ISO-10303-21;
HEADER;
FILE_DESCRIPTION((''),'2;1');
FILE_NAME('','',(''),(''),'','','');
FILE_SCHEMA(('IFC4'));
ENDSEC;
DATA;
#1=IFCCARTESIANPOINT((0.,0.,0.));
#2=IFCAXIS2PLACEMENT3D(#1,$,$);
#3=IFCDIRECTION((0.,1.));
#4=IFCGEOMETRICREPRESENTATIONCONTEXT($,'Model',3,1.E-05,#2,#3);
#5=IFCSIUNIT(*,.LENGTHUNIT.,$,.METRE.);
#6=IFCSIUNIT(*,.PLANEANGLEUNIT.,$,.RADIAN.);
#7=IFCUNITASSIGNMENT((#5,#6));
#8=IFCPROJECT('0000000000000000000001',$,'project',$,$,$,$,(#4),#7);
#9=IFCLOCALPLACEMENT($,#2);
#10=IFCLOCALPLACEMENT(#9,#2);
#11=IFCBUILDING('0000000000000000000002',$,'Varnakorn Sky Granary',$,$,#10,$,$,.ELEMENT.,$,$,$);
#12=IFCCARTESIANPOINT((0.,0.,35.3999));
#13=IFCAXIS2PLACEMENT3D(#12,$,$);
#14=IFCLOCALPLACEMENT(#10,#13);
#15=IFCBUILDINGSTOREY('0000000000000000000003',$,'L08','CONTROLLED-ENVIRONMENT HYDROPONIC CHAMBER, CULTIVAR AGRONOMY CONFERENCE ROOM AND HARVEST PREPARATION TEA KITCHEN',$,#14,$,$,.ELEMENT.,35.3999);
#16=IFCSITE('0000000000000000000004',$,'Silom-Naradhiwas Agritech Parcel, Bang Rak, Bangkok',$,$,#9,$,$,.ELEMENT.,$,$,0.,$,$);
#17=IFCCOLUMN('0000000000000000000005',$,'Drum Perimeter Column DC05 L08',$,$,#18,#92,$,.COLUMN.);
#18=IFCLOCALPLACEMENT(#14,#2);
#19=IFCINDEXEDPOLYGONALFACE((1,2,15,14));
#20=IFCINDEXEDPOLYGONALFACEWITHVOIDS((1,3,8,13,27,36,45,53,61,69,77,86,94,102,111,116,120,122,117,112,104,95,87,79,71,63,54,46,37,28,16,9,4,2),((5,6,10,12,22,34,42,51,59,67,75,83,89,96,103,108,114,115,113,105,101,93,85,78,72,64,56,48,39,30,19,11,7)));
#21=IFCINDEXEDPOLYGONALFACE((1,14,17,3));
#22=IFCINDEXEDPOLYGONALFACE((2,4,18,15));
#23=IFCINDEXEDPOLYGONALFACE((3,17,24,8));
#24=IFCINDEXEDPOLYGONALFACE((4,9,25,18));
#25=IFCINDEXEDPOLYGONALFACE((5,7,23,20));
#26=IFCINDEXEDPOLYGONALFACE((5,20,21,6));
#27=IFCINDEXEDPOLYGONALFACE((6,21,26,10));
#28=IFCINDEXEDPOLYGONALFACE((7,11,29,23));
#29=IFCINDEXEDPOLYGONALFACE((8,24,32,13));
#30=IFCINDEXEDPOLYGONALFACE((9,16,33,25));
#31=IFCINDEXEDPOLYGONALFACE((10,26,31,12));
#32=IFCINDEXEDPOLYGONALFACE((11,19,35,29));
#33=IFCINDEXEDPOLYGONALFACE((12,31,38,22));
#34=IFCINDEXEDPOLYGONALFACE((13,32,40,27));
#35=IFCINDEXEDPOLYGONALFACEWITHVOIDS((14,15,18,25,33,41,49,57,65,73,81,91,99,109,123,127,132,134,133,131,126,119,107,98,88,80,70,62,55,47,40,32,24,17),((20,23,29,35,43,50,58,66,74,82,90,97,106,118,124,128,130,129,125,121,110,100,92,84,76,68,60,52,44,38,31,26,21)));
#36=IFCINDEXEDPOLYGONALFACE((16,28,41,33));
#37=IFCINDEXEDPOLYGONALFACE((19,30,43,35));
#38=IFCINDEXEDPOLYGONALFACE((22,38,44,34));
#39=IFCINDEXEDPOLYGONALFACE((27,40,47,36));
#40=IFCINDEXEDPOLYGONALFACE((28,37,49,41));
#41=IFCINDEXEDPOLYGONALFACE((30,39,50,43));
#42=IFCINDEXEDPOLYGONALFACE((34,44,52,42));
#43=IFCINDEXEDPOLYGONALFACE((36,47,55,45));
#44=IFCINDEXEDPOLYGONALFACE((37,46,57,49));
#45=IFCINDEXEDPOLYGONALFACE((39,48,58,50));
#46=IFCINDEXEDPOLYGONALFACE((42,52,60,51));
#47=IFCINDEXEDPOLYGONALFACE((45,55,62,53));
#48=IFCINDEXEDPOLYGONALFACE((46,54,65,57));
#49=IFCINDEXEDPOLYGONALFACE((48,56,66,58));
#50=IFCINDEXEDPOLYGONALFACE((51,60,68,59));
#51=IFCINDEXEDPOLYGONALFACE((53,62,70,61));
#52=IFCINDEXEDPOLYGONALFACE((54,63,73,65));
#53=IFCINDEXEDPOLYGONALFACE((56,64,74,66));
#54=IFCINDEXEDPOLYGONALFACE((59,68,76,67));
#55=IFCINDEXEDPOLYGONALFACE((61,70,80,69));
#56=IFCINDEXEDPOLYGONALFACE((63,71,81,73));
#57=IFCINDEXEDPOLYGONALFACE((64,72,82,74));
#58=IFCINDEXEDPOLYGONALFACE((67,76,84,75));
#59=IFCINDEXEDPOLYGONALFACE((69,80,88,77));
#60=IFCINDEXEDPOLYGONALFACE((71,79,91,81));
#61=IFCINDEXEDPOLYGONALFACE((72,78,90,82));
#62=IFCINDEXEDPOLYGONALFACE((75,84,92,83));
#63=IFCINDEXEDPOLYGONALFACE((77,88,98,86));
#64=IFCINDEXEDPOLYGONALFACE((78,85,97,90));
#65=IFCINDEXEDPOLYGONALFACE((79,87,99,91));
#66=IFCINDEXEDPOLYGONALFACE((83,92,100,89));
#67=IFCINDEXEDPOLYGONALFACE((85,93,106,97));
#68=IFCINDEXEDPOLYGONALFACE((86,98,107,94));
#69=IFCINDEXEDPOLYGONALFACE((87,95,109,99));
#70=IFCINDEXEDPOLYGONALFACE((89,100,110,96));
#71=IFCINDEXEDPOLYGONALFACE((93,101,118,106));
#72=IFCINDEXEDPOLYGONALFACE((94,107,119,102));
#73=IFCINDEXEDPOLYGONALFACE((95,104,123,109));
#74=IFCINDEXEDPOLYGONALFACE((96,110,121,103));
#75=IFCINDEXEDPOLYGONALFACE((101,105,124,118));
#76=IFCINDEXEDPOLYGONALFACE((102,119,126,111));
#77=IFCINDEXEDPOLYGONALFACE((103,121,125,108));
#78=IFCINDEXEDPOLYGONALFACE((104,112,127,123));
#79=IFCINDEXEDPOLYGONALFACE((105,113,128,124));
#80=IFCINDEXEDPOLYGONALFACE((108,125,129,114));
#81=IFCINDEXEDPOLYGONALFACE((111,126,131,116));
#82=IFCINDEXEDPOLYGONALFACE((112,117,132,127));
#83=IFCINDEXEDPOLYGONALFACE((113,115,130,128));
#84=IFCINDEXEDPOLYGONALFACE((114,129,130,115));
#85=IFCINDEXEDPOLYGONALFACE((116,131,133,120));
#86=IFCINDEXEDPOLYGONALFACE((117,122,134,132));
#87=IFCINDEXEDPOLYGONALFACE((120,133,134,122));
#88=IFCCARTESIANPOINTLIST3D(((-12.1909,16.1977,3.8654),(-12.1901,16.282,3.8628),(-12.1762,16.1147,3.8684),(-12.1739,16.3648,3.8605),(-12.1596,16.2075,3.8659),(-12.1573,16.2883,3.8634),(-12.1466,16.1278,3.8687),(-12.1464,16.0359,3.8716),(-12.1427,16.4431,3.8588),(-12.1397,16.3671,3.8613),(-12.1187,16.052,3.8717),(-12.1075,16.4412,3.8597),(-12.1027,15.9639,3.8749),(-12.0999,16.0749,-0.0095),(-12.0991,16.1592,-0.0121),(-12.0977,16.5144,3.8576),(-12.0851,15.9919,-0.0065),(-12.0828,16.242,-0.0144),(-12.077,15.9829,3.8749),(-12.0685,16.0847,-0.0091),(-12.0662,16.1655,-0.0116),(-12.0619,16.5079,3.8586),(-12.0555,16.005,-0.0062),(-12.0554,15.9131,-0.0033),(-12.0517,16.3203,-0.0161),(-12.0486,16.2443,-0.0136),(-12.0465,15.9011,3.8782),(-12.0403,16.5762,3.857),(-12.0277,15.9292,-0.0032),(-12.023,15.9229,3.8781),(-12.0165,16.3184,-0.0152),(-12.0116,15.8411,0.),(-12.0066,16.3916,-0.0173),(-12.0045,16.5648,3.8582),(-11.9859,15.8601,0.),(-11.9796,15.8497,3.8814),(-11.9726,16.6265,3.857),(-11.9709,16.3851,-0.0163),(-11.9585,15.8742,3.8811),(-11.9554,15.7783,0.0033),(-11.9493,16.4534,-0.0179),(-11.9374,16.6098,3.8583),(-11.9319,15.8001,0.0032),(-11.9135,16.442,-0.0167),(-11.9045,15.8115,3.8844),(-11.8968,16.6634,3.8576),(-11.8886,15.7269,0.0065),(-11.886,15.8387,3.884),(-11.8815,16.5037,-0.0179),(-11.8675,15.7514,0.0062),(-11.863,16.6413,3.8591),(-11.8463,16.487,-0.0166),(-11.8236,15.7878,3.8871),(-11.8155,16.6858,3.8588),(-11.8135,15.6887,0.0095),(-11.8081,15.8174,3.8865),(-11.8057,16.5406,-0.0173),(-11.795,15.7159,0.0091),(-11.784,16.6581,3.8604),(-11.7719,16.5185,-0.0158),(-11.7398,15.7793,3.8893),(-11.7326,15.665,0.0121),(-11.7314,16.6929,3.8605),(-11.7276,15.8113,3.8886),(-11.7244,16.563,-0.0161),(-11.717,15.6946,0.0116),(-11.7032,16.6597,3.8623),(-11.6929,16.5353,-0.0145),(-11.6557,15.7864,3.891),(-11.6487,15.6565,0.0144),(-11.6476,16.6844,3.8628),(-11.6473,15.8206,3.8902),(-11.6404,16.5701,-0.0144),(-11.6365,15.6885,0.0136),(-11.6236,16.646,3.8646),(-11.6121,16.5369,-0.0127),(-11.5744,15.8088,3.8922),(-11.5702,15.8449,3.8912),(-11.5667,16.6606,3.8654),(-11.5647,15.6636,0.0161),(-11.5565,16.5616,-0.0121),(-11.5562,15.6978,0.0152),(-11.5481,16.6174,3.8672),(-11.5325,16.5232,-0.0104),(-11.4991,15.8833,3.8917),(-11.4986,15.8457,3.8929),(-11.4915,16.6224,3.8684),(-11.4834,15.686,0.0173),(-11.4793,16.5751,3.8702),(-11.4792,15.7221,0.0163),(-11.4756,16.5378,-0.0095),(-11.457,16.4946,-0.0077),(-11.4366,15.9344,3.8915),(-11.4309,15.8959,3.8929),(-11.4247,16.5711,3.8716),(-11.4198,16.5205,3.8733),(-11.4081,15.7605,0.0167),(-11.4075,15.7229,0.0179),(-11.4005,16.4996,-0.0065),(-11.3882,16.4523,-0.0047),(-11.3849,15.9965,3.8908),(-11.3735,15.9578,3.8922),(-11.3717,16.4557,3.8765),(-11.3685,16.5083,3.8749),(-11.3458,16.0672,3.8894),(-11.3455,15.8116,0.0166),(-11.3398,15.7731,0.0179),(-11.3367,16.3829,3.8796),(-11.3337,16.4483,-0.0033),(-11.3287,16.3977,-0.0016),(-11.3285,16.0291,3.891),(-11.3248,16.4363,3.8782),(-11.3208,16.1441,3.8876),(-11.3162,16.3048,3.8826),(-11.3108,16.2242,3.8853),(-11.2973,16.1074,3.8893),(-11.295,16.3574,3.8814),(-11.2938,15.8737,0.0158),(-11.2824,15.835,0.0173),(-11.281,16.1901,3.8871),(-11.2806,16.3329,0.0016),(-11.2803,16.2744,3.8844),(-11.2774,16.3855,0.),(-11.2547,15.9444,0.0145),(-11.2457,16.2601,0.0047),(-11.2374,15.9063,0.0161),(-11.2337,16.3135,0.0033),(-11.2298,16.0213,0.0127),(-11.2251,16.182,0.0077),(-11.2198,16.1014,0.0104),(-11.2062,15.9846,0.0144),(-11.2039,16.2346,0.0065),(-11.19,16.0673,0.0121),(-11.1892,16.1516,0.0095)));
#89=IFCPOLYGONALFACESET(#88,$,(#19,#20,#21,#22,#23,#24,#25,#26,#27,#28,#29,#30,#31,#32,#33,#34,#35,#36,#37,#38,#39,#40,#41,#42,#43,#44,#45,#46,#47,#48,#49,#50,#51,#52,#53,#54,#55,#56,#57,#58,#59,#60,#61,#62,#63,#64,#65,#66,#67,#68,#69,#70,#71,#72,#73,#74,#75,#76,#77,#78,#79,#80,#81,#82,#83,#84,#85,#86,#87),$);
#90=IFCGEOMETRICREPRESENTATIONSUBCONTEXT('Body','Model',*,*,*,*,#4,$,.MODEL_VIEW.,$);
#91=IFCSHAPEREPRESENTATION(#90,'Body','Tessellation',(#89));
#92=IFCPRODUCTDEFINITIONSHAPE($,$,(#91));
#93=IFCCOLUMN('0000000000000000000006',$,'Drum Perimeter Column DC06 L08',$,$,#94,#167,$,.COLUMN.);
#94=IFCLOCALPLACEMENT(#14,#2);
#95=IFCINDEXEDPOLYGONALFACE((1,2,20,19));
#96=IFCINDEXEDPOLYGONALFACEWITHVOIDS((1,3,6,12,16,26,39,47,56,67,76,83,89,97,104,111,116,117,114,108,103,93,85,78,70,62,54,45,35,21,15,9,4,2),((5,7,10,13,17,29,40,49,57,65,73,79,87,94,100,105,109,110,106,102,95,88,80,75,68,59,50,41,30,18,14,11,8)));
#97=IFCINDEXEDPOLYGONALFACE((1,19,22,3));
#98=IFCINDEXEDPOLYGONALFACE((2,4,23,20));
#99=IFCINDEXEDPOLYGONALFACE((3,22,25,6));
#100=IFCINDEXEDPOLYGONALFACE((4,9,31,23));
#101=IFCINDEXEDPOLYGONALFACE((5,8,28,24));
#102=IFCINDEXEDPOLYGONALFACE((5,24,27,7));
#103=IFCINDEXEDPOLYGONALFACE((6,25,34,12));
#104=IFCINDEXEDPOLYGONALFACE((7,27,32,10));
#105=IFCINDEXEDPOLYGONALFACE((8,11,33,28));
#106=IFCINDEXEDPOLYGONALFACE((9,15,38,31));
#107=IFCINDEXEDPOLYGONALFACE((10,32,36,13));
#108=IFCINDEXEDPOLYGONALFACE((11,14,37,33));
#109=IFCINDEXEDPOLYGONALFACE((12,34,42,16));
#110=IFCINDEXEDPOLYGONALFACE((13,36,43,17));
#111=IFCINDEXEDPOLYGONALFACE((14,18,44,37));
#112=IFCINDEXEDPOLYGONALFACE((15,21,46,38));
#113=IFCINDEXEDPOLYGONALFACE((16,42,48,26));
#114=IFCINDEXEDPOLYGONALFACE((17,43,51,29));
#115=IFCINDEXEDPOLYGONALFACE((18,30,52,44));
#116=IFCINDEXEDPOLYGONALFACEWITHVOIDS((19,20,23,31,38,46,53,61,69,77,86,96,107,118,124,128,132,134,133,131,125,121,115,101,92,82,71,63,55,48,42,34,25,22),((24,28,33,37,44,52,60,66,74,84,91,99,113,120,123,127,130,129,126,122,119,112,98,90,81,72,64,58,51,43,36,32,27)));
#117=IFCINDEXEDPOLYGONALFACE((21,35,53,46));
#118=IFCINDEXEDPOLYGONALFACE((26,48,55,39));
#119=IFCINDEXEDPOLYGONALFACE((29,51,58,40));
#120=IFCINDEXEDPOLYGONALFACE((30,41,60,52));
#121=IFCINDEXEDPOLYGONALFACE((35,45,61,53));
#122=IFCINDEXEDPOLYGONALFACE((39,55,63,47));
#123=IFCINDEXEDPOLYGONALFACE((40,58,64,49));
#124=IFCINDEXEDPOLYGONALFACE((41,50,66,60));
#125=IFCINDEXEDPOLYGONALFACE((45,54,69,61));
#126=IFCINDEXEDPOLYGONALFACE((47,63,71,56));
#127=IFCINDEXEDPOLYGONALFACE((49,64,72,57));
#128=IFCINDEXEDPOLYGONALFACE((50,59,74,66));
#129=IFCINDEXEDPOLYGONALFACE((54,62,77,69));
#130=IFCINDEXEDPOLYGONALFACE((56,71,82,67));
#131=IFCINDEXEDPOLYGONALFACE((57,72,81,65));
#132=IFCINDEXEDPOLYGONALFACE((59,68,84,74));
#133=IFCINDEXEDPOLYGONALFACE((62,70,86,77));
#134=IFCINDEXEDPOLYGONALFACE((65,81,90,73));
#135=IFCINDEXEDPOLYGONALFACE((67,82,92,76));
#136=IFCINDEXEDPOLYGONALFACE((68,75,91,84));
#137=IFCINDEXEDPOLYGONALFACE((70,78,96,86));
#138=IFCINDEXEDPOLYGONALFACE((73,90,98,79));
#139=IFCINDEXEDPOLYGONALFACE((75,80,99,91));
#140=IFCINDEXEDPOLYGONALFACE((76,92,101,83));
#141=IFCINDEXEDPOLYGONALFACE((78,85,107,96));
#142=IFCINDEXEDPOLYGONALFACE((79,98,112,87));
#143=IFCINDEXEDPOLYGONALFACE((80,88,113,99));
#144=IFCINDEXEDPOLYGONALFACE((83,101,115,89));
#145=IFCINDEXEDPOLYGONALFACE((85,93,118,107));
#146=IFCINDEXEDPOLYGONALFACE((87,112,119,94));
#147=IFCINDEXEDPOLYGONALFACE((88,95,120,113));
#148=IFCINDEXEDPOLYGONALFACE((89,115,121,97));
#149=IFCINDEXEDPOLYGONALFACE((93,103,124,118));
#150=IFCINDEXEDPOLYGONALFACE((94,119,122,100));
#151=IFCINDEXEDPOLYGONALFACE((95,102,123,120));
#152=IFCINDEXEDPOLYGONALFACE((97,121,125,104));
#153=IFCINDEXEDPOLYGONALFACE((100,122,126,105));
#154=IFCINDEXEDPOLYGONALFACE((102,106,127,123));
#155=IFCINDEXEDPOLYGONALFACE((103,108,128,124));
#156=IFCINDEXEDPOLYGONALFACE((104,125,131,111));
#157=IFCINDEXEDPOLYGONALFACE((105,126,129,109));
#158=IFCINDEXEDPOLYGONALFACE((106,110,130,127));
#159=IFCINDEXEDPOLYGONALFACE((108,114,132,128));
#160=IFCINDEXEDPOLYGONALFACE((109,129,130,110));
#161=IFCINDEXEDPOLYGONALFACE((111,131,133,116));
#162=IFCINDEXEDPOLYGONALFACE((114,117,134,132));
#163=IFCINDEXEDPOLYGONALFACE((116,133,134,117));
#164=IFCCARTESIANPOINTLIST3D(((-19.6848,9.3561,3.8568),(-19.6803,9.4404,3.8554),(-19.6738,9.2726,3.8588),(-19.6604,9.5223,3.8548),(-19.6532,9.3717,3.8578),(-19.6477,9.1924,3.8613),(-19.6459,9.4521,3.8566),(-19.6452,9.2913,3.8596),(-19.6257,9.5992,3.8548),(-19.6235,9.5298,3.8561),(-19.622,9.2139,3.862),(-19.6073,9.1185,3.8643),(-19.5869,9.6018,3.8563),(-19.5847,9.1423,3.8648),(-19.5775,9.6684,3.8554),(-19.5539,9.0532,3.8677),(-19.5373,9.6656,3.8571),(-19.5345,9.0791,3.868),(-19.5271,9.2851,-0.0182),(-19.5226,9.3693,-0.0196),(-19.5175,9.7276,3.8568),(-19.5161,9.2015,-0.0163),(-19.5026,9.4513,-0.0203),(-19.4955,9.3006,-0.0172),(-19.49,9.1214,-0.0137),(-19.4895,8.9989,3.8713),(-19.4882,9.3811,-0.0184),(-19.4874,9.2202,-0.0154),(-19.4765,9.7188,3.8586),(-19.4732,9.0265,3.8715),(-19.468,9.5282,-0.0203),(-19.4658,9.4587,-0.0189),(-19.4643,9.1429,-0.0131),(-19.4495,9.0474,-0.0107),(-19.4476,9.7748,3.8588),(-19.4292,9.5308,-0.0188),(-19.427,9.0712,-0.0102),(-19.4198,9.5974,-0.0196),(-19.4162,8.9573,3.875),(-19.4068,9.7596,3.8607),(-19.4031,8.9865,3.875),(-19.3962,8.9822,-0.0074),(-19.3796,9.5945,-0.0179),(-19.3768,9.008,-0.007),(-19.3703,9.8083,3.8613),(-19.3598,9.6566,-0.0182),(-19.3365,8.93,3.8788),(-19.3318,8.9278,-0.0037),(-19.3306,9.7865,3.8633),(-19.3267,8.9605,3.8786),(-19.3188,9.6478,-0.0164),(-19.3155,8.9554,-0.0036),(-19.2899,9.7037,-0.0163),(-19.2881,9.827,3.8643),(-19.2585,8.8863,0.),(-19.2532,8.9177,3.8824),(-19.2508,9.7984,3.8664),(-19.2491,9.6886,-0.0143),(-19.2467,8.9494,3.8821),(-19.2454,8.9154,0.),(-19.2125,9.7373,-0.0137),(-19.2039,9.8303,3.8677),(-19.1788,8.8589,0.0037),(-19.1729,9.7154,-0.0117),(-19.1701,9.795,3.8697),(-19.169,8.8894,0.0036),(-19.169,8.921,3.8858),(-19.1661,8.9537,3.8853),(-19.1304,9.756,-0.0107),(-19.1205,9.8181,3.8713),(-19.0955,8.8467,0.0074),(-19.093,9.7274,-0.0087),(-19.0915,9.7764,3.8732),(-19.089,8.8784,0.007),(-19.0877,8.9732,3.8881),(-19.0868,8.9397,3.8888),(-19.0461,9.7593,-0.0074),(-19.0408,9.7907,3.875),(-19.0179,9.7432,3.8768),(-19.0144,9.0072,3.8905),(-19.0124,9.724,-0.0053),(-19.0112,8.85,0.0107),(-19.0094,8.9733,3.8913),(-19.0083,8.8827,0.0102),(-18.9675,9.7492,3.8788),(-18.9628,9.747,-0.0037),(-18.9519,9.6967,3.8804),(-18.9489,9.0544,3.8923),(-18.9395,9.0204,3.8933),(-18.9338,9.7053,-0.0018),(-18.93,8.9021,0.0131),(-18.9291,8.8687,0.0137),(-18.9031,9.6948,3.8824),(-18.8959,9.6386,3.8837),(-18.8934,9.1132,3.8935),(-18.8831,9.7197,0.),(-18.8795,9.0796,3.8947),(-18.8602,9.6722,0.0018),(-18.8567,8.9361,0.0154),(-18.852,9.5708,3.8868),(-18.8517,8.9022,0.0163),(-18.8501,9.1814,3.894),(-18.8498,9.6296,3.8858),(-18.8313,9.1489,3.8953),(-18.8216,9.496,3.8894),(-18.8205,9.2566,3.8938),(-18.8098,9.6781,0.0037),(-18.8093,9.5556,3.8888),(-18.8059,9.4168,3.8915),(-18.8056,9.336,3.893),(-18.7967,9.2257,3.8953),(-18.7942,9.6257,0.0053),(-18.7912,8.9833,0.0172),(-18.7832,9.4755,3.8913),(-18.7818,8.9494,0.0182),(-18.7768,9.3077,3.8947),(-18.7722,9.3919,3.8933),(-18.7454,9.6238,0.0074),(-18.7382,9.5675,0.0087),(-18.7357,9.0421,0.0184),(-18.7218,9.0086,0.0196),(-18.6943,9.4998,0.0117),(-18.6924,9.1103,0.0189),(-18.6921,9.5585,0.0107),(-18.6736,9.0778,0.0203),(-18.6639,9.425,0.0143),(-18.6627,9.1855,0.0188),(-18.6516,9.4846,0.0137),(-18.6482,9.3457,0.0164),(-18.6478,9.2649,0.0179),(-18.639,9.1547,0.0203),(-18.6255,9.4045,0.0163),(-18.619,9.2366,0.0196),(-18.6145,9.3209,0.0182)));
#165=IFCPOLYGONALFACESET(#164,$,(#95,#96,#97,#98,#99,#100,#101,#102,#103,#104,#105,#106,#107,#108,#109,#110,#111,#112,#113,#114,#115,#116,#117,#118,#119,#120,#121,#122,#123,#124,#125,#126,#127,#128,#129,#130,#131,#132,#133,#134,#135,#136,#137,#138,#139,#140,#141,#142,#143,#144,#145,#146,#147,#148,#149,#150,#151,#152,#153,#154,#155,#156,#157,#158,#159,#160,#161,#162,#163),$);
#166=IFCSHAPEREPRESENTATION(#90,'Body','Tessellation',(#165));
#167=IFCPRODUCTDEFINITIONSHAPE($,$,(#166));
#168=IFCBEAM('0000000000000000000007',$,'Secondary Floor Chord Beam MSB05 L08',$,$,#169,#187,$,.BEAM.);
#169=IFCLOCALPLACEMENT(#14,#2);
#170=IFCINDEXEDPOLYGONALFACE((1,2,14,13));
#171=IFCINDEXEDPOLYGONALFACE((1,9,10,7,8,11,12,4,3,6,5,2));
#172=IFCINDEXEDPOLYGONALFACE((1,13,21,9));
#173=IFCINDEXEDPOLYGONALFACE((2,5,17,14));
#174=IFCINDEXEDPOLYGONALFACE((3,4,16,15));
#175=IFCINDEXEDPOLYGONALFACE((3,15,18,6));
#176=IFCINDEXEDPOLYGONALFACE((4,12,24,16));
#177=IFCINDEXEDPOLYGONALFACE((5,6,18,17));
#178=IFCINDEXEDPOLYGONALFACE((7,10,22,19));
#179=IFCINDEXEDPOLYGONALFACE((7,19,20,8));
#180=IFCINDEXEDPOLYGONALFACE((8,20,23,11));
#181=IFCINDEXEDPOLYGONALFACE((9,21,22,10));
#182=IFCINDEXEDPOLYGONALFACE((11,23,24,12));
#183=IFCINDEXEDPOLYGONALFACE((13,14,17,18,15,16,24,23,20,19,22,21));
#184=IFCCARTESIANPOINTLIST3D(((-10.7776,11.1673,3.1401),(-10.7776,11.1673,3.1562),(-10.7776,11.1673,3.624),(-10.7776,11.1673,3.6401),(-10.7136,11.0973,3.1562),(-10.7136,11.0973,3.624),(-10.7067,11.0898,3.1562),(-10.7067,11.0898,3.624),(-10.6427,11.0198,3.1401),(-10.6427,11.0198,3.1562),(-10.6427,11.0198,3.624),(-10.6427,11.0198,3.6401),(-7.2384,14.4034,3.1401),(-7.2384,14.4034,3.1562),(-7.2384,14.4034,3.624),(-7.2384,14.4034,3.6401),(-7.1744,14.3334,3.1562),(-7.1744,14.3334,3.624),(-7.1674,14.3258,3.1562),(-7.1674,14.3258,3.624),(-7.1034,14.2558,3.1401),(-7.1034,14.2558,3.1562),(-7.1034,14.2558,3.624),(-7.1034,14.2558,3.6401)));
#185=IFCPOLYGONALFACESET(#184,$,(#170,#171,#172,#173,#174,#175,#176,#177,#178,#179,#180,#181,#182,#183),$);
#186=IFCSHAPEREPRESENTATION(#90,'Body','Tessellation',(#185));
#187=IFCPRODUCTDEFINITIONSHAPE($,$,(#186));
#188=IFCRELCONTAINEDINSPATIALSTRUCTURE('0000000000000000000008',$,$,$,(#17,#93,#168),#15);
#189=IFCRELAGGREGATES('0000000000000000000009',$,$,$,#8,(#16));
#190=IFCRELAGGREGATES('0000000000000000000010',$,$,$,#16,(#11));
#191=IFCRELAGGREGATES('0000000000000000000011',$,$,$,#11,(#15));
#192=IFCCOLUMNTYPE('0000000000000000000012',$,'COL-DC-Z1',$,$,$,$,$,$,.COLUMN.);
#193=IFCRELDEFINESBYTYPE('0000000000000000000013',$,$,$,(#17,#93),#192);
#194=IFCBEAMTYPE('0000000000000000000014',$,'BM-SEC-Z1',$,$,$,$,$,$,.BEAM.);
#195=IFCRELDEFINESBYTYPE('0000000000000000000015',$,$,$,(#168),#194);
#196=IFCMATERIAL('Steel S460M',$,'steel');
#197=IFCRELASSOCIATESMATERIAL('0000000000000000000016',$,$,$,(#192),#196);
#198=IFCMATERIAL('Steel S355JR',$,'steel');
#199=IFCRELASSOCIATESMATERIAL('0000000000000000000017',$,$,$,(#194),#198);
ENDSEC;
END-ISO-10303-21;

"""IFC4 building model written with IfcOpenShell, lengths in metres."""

from ifc_helpers import new_model, si_unit, direction, frame, origin, origin_2d, place, context, subcontext, project, spatial, hollow_circle, i_section, extrude, material, material_profile, profile_set, type_object, element, save


model = new_model("IFC4")

# Units and contexts
model_context = context("Model", 3, precision=1e-05, world=origin(), true_north=direction((0.0, 1.0)))
body_context = subcontext(model_context, "Body", "Model", "MODEL_VIEW")
ifc_project = project(units=[si_unit("LENGTHUNIT", "METRE"), si_unit("PLANEANGLEUNIT", "RADIAN")], contexts=[model_context])

# Site, building, storey
site_placement = place(None, origin())
site = spatial("IfcSite", under=ifc_project, at=site_placement, Name="Silom-Naradhiwas Agritech Parcel, Bang Rak, Bangkok", CompositionType="ELEMENT", RefElevation=0.0)
building_placement = place(site_placement, origin())
building = spatial("IfcBuilding", under=site, at=building_placement, Name="Varnakorn Sky Granary", CompositionType="ELEMENT")
storey_placement = place(building_placement, frame((0.0, 0.0, 35.3999)))
storey = spatial("IfcBuildingStorey", under=building, at=storey_placement, Name="L08", Description="CONTROLLED-ENVIRONMENT HYDROPONIC CHAMBER, CULTIVAR AGRONOMY CONFERENCE ROOM AND HARVEST PREPARATION TEA KITCHEN", CompositionType="ELEMENT", Elevation=35.3999)

# Columns
ifc_material_1 = material(Name="Steel S460M", Category="steel")
ifc_material_profile_1 = material_profile(ifc_material_1, hollow_circle(Radius=0.457, WallThickness=0.032, at=origin_2d()), Name="CHS 914x32")
ifc_profile_set_1 = profile_set([ifc_material_profile_1], Name="Steel S460M")
column_type = type_object("IfcColumnType", Name="COL-DC-Z1", PredefinedType="COLUMN", material=ifc_profile_set_1)
column_1_placement = place(storey_placement, frame((-11.6445, 16.1133, 0.0), z_axis=(-0.023482, 0.031666, 0.999223), x_axis=(-0.803246, -0.595648, 0.0)))
element("IfcColumn", 1, at=column_1_placement, inside=storey, type_object=column_type, Name="Drum Perimeter Column DC05 L08", PredefinedType="COLUMN", context=body_context, shape_type="SweptSolid", body=[
    extrude(hollow_circle(Radius=0.457, WallThickness=0.032, at=origin_2d()), origin(), (0.0, 0.0, 1.0), 3.8779),
])
column_2_placement = place(storey_placement, frame((-19.0708, 9.303, 0.0), z_axis=(-0.04066, 0.018316, 0.999005), x_axis=(-0.410717, -0.911763, 0.0)))
element("IfcColumn", 2, at=column_2_placement, inside=storey, type_object=column_type, Name="Drum Perimeter Column DC06 L08", PredefinedType="COLUMN", context=body_context, shape_type="SweptSolid", body=[
    extrude(hollow_circle(Radius=0.457, WallThickness=0.032, at=origin_2d()), origin(), (0.0, 0.0, 1.0), 3.8789),
])

# Beam
ifc_material_2 = material(Name="Steel S355JR", Category="steel")
ifc_material_profile_2 = material_profile(ifc_material_2, i_section(OverallWidth=0.2, OverallDepth=0.5, WebThickness=0.0103, FlangeThickness=0.0161, at=origin_2d()), Name="IPE 500")
ifc_profile_set_2 = profile_set([ifc_material_profile_2], Name="Steel S355JR")
beam_type_1 = type_object("IfcBeamType", Name="BM-SEC-Z1", PredefinedType="BEAM", material=ifc_profile_set_2)
beam_1_placement = place(storey_placement, frame((-7.1709, 14.3296, 3.3901), z_axis=(-0.738014, -0.674786, 0.0), x_axis=(0.674786, -0.738014, 0.0)))
element("IfcBeam", 3, at=beam_1_placement, inside=storey, type_object=beam_type_1, Name="Secondary Floor Chord Beam MSB05 L08", PredefinedType="BEAM", context=body_context, shape_type="SweptSolid", body=[
    extrude(i_section(OverallWidth=0.2, OverallDepth=0.5, WebThickness=0.0103, FlangeThickness=0.0161, at=origin_2d()), origin(), (0.0, 0.0, 1.0), 4.7957),
])

save(model, "model.ifc")
